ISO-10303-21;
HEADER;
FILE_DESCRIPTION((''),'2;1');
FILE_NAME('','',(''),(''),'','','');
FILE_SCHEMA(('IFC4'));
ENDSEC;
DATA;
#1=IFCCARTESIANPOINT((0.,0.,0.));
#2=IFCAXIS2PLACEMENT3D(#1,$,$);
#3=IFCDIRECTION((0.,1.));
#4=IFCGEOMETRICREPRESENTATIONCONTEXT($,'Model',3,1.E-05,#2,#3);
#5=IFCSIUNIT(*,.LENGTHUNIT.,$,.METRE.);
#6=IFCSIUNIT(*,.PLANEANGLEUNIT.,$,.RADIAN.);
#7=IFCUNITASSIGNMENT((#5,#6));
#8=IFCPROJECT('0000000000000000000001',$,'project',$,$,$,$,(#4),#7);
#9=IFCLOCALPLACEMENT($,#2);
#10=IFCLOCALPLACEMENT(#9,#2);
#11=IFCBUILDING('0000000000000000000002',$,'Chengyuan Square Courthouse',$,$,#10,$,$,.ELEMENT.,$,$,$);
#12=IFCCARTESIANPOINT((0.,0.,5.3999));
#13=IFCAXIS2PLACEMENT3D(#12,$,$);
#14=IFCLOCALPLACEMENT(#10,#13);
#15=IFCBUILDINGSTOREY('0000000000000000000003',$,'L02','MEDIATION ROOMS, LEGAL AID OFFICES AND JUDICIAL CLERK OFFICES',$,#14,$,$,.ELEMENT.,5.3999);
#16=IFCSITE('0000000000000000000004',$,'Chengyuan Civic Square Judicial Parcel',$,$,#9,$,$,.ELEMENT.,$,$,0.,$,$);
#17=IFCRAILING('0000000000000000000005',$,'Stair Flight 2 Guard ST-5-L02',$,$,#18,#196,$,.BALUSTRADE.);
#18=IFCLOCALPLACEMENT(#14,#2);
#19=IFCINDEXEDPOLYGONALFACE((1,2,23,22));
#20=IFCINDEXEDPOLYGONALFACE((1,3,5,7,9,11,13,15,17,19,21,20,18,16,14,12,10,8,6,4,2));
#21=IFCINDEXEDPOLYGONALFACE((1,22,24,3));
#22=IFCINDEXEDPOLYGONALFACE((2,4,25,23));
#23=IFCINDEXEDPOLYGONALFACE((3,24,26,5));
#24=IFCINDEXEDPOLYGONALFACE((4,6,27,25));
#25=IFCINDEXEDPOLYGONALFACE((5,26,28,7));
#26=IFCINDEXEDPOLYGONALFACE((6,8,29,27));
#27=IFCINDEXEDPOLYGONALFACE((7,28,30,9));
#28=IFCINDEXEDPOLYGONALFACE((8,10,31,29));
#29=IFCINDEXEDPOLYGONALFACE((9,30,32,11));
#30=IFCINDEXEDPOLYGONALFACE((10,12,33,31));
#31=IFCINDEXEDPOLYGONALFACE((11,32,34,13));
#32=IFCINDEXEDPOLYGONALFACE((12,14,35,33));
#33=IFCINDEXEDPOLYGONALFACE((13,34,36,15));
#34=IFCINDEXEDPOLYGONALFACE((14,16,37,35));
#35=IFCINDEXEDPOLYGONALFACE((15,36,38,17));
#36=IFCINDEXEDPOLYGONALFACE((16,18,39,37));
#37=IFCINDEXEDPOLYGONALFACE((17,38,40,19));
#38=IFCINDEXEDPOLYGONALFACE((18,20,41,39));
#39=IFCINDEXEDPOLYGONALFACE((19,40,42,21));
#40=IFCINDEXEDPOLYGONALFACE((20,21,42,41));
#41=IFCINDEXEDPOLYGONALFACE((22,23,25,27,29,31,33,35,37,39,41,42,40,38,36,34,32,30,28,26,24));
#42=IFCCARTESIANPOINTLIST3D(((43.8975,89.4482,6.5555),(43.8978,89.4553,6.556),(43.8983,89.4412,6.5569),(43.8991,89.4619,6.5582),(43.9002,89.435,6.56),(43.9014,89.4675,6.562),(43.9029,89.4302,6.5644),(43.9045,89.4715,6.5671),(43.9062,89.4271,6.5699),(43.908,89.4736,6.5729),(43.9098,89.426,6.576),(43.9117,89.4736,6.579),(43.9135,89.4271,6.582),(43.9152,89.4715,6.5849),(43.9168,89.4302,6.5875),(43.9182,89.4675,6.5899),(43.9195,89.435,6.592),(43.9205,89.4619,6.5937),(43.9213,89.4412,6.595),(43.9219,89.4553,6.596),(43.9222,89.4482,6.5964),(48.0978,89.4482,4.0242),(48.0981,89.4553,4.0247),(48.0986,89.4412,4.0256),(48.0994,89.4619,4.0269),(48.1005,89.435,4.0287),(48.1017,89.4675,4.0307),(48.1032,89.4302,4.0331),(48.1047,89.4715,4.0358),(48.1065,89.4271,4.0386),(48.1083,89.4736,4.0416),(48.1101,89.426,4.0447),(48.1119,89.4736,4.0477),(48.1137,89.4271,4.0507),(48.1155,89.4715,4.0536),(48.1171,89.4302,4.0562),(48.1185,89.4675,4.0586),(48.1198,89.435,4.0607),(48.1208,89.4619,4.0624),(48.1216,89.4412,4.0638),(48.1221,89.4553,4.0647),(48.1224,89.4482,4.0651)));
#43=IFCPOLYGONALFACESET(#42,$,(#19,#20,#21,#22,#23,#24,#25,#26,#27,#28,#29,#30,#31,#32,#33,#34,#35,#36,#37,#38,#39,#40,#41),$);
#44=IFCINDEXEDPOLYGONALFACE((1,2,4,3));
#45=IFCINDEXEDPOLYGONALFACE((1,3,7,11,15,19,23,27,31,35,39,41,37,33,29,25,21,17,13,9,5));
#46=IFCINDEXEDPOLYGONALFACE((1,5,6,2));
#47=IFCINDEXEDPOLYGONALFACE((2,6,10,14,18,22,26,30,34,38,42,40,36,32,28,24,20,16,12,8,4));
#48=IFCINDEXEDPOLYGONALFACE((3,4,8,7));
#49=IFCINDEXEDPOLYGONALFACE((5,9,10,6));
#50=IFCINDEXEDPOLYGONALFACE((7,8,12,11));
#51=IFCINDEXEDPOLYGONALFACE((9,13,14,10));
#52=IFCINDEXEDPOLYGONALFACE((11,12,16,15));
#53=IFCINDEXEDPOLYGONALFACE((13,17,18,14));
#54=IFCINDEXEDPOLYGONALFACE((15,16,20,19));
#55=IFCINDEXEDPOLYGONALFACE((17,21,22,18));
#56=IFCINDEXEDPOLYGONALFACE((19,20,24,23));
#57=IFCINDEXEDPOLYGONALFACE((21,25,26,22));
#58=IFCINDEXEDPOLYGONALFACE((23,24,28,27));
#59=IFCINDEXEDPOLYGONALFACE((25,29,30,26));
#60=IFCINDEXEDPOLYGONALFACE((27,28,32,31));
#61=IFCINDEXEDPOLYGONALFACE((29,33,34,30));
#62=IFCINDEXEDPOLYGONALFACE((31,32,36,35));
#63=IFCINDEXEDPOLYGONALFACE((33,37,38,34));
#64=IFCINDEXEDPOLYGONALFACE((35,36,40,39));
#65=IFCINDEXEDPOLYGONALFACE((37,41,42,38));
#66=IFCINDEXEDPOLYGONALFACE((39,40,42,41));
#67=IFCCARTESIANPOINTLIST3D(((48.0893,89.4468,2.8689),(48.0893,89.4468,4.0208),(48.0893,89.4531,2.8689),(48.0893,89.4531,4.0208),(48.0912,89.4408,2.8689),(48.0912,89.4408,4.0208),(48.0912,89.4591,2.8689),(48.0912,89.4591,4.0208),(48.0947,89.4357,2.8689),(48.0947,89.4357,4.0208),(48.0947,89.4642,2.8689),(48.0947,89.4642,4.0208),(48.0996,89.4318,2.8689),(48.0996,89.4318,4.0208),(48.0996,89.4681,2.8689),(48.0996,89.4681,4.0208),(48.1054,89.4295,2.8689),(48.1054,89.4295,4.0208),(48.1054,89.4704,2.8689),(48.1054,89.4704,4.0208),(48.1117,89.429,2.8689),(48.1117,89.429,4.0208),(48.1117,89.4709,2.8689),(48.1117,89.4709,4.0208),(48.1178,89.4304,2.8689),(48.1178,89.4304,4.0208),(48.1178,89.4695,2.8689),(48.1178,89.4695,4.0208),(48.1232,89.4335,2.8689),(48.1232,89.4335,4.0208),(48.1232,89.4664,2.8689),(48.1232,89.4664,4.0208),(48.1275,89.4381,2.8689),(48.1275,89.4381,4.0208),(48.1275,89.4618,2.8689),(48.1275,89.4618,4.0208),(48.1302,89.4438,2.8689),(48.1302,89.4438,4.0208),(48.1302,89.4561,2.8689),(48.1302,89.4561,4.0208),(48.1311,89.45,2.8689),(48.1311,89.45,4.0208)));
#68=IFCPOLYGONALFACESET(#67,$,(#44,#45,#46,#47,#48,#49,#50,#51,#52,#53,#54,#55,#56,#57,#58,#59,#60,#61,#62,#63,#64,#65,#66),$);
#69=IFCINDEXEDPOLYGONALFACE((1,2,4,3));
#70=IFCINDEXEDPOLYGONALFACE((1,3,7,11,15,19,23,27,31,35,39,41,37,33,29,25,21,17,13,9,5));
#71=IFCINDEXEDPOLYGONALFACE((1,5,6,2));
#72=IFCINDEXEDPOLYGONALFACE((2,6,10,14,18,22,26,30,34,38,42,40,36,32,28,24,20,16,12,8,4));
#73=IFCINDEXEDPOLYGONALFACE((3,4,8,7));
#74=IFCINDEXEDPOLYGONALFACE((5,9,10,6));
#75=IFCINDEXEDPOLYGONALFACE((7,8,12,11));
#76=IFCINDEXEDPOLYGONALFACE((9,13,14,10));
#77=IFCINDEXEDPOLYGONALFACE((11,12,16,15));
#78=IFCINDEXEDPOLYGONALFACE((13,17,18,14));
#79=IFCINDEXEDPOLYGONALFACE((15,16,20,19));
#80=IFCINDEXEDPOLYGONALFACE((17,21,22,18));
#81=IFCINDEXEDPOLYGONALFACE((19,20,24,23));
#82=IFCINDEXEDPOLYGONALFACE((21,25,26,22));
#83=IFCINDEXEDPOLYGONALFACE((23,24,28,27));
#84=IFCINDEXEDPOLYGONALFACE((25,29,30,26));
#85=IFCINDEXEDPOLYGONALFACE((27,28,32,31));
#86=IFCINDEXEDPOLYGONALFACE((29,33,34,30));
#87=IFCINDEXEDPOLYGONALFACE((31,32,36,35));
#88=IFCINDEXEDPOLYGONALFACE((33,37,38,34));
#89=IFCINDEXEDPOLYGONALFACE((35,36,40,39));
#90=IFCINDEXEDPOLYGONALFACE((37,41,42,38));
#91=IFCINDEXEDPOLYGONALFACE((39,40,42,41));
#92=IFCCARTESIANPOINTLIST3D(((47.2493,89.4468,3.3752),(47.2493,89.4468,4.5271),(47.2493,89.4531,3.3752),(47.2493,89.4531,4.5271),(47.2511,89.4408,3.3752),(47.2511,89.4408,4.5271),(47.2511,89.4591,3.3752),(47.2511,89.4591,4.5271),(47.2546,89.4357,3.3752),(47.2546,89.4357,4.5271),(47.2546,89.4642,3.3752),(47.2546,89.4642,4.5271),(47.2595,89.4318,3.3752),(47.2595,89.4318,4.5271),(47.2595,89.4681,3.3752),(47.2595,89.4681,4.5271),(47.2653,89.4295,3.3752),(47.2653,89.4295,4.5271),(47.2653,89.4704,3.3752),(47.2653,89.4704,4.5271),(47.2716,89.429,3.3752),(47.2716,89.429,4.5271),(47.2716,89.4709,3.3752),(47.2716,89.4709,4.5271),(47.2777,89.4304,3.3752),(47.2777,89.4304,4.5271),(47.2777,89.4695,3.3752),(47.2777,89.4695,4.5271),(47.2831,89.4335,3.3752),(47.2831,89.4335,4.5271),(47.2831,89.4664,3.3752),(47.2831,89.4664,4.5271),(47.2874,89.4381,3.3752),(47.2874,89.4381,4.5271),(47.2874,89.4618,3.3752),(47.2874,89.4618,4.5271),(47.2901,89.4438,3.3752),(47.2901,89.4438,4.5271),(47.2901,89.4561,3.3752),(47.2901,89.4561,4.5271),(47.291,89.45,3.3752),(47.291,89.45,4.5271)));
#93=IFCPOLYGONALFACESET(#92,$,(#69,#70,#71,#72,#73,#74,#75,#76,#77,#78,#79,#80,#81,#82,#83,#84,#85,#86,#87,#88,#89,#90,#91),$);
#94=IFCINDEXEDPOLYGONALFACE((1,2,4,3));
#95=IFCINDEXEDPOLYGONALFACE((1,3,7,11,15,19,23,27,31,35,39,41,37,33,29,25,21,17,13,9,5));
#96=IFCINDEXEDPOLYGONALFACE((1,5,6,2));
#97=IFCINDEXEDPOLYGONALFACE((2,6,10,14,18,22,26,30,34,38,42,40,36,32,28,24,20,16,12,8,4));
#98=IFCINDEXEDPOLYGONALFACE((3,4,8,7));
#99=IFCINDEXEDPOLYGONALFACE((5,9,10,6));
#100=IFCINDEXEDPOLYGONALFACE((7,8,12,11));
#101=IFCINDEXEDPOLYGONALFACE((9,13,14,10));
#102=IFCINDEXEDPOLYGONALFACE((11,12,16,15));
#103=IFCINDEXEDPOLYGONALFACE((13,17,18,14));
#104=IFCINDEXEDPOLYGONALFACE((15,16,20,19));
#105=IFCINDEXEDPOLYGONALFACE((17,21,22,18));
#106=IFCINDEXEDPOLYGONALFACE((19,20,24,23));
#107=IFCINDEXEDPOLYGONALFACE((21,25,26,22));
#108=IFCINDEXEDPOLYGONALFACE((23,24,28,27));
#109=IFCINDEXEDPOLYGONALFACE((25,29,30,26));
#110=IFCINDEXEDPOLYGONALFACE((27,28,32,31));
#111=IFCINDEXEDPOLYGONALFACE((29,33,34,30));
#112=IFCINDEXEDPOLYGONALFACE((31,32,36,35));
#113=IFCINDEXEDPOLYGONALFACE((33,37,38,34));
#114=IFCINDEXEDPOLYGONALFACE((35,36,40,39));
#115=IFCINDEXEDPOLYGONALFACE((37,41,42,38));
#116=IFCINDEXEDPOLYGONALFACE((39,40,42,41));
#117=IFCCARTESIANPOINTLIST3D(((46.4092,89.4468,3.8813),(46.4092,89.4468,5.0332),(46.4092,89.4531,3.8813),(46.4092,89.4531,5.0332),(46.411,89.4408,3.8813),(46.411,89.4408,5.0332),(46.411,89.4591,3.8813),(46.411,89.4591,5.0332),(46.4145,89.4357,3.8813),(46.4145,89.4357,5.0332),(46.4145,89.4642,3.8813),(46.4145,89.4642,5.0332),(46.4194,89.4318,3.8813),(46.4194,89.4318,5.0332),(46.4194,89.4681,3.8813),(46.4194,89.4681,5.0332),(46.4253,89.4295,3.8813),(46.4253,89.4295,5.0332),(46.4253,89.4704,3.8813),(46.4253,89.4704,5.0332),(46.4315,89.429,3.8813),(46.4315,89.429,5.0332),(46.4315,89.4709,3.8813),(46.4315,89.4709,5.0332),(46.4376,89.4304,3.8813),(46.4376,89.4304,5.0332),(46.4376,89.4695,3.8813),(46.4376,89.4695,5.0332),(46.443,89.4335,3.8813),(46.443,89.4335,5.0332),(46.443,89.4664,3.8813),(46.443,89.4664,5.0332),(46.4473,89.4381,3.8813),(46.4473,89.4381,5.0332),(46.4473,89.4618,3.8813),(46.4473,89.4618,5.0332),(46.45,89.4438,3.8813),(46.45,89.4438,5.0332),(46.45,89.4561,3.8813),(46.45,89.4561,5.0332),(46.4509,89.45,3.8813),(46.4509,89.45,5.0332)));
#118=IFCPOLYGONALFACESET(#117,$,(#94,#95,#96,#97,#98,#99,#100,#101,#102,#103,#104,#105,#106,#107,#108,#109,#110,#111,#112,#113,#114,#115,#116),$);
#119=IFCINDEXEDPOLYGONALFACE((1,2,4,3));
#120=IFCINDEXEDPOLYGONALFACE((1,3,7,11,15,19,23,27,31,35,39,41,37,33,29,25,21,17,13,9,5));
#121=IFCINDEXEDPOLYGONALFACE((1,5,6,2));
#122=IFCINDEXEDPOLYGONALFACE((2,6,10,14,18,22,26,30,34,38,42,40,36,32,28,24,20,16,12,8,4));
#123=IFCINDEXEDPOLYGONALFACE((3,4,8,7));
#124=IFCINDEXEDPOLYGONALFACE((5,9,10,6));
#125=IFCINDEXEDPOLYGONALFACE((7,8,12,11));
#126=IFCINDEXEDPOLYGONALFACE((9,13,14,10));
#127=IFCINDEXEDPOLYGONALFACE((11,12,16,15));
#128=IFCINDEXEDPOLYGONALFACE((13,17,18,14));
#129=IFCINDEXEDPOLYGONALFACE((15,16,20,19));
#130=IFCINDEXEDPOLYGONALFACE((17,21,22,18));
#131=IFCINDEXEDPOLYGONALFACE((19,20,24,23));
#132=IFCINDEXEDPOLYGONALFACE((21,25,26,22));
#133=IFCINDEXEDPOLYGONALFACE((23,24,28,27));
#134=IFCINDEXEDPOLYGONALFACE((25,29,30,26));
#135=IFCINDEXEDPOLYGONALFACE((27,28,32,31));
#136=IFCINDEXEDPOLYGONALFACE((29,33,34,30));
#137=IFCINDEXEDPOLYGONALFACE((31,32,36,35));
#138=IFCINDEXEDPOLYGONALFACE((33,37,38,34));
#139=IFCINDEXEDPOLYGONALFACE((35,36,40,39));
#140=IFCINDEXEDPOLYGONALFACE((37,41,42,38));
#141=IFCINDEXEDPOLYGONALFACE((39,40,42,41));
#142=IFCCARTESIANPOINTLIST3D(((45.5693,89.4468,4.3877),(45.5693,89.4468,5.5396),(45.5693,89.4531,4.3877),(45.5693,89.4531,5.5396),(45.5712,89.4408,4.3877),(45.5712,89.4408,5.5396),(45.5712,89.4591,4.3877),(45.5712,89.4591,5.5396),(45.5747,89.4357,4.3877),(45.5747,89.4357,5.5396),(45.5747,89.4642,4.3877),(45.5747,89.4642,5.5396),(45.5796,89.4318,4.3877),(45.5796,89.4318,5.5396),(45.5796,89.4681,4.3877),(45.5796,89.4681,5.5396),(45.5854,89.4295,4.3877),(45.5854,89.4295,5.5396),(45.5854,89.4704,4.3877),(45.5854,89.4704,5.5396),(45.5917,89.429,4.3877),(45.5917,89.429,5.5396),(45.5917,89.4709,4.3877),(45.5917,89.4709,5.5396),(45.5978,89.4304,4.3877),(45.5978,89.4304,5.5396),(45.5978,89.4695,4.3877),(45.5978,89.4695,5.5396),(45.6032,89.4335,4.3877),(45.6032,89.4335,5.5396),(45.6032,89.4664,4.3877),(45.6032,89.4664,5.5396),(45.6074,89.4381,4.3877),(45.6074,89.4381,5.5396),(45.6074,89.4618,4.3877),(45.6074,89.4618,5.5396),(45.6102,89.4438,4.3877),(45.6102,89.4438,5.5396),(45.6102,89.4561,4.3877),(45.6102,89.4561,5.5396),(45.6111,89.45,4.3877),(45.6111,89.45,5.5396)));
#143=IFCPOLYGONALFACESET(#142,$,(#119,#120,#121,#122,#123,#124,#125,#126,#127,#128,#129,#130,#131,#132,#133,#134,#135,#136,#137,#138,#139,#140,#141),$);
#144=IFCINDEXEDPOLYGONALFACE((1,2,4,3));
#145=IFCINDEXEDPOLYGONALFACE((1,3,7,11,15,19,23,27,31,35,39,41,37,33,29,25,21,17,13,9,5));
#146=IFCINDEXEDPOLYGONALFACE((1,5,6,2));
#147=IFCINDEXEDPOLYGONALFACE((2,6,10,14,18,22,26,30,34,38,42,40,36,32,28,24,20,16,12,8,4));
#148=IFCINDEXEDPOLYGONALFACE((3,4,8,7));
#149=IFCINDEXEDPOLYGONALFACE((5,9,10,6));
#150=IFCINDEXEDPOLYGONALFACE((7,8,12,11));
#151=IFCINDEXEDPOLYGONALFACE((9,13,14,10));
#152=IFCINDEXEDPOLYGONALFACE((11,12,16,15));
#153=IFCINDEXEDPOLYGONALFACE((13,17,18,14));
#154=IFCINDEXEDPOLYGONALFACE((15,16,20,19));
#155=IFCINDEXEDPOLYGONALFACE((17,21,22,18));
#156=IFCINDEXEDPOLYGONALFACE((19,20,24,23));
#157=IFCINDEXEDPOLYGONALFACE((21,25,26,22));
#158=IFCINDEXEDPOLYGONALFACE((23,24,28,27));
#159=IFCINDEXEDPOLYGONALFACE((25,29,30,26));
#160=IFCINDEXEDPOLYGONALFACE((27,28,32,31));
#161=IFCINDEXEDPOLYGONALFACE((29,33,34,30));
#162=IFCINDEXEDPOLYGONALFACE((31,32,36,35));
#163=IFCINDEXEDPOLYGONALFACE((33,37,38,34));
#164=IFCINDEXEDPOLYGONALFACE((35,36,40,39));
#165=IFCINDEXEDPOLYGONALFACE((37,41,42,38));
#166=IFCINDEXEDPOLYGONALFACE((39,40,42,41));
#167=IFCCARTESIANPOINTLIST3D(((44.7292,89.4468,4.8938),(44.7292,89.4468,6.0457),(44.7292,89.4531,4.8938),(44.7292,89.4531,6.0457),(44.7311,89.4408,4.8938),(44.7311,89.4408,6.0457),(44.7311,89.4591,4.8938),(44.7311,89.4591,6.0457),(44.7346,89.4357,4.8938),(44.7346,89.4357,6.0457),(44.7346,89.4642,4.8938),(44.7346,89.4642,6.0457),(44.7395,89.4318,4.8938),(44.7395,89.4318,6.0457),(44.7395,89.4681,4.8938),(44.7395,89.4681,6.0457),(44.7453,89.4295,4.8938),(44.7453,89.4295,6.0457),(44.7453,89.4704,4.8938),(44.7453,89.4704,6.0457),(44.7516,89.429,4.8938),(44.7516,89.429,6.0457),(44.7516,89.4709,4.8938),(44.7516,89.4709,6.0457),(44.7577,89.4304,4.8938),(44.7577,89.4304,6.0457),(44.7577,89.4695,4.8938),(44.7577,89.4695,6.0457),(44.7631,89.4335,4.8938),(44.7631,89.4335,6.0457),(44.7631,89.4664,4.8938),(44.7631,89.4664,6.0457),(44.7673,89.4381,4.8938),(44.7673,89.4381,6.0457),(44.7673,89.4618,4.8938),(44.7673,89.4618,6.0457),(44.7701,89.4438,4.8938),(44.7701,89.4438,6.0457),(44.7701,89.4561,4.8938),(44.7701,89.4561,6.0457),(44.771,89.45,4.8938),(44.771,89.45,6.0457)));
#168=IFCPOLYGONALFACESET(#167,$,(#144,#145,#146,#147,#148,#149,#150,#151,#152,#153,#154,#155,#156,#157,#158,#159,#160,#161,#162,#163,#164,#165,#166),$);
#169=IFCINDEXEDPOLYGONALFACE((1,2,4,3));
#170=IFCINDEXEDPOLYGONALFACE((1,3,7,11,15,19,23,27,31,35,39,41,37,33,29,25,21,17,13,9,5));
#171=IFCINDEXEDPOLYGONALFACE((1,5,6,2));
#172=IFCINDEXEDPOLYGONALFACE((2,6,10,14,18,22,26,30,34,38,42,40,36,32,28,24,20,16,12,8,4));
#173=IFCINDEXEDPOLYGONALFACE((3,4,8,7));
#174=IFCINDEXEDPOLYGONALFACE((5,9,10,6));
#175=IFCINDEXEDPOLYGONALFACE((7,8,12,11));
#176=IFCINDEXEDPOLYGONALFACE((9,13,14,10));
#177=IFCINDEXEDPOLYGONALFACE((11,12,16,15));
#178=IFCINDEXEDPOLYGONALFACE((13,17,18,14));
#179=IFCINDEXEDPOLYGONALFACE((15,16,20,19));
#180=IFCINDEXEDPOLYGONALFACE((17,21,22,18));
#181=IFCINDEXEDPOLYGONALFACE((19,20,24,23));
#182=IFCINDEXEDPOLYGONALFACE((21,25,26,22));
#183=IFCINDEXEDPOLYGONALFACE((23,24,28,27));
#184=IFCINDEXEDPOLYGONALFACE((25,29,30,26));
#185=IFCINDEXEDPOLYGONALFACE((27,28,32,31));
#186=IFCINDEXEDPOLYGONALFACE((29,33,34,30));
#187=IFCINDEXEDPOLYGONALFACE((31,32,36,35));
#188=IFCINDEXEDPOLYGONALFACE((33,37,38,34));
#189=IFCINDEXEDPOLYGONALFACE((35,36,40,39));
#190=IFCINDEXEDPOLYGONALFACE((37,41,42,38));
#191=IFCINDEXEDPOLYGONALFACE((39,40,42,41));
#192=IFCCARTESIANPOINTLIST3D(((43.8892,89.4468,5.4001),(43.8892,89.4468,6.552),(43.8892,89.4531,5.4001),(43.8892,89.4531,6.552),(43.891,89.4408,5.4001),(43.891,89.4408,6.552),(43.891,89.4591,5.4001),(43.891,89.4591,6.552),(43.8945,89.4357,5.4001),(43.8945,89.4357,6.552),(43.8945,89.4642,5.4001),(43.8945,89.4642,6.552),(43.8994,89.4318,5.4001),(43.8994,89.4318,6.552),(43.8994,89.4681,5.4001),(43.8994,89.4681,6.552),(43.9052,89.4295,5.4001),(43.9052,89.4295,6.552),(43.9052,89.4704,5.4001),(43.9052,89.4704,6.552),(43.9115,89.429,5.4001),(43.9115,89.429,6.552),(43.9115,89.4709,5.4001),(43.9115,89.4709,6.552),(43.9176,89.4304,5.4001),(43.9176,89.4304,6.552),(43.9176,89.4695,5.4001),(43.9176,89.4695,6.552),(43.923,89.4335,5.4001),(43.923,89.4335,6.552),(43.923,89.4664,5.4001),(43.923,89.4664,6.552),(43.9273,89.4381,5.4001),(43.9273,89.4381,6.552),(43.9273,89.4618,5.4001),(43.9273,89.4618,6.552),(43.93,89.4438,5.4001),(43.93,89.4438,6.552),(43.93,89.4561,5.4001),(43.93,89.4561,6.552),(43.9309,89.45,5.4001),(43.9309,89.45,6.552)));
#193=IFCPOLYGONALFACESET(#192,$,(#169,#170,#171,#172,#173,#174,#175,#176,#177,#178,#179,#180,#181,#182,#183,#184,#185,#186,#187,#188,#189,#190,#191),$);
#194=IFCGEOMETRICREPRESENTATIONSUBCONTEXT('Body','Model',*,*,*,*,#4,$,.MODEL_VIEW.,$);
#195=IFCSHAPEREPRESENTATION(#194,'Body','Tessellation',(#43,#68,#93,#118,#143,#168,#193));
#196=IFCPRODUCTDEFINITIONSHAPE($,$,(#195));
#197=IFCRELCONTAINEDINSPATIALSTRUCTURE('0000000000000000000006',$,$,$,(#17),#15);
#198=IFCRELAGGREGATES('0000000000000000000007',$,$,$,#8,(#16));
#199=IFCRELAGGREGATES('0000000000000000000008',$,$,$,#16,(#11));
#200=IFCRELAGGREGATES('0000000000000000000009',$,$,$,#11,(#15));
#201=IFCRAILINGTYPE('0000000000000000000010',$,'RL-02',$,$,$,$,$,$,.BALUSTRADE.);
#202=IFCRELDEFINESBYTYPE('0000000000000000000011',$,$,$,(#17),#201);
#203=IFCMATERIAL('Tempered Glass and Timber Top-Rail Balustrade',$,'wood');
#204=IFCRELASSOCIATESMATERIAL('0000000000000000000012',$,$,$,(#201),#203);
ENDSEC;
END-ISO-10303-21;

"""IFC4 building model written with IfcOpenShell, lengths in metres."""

from ifc_helpers import new_model, si_unit, direction, frame, origin, origin_2d, place, context, subcontext, project, spatial, circle, extrude, material, type_object, element, save


model = new_model("IFC4")

# Units and contexts
model_context = context("Model", 3, precision=1e-05, world=origin(), true_north=direction((0.0, 1.0)))
body_context = subcontext(model_context, "Body", "Model", "MODEL_VIEW")
ifc_project = project(units=[si_unit("LENGTHUNIT", "METRE"), si_unit("PLANEANGLEUNIT", "RADIAN")], contexts=[model_context])

# Site, building, storey
site_placement = place(None, origin())
site = spatial("IfcSite", under=ifc_project, at=site_placement, Name="Chengyuan Civic Square Judicial Parcel", CompositionType="ELEMENT", RefElevation=0.0)
building_placement = place(site_placement, origin())
building = spatial("IfcBuilding", under=site, at=building_placement, Name="Chengyuan Square Courthouse", CompositionType="ELEMENT")
storey_placement = place(building_placement, frame((0.0, 0.0, 5.3999)))
storey = spatial("IfcBuildingStorey", under=building, at=storey_placement, Name="L02", Description="MEDIATION ROOMS, LEGAL AID OFFICES AND JUDICIAL CLERK OFFICES", CompositionType="ELEMENT", Elevation=5.3999)

# Railing
ifc_material_1 = material(Name="Tempered Glass and Timber Top-Rail Balustrade", Category="wood")
railing_type_1 = type_object("IfcRailingType", Name="RL-02", PredefinedType="BALUSTRADE", material=ifc_material_1)
railing_1_placement = place(storey_placement, frame((48.1101, 89.45, 2.8689)))
element("IfcRailing", 1, at=railing_1_placement, inside=storey, type_object=railing_type_1, Name="Stair Flight 2 Guard ST-5-L02", PredefinedType="BALUSTRADE", context=body_context, shape_type="SweptSolid", body=[
    extrude(circle(Radius=0.0239, at=origin_2d()), frame((0.0, 0.0, 1.1758), z_axis=(-0.85649, 0.0, 0.516164), x_axis=(0.0, -1.0, 0.0)), (0.0, 0.0, 1.0), 4.9041),
    extrude(circle(Radius=0.021, at=origin_2d()), origin(), (0.0, 0.0, 1.0), 1.1519),
    extrude(circle(Radius=0.021, at=origin_2d()), frame((-0.8401, 0.0, 0.5063)), (0.0, 0.0, 1.0), 1.1519),
    extrude(circle(Radius=0.021, at=origin_2d()), frame((-1.6802, 0.0, 1.0125)), (0.0, 0.0, 1.0), 1.1519),
    extrude(circle(Radius=0.021, at=origin_2d()), frame((-2.52, 0.0, 1.5188)), (0.0, 0.0, 1.0), 1.1519),
    extrude(circle(Radius=0.021, at=origin_2d()), frame((-3.3601, 0.0, 2.0249)), (0.0, 0.0, 1.0), 1.1519),
    extrude(circle(Radius=0.021, at=origin_2d()), frame((-4.2002, 0.0, 2.5312)), (0.0, 0.0, 1.0), 1.1519),
])

save(model, "model.ifc")
